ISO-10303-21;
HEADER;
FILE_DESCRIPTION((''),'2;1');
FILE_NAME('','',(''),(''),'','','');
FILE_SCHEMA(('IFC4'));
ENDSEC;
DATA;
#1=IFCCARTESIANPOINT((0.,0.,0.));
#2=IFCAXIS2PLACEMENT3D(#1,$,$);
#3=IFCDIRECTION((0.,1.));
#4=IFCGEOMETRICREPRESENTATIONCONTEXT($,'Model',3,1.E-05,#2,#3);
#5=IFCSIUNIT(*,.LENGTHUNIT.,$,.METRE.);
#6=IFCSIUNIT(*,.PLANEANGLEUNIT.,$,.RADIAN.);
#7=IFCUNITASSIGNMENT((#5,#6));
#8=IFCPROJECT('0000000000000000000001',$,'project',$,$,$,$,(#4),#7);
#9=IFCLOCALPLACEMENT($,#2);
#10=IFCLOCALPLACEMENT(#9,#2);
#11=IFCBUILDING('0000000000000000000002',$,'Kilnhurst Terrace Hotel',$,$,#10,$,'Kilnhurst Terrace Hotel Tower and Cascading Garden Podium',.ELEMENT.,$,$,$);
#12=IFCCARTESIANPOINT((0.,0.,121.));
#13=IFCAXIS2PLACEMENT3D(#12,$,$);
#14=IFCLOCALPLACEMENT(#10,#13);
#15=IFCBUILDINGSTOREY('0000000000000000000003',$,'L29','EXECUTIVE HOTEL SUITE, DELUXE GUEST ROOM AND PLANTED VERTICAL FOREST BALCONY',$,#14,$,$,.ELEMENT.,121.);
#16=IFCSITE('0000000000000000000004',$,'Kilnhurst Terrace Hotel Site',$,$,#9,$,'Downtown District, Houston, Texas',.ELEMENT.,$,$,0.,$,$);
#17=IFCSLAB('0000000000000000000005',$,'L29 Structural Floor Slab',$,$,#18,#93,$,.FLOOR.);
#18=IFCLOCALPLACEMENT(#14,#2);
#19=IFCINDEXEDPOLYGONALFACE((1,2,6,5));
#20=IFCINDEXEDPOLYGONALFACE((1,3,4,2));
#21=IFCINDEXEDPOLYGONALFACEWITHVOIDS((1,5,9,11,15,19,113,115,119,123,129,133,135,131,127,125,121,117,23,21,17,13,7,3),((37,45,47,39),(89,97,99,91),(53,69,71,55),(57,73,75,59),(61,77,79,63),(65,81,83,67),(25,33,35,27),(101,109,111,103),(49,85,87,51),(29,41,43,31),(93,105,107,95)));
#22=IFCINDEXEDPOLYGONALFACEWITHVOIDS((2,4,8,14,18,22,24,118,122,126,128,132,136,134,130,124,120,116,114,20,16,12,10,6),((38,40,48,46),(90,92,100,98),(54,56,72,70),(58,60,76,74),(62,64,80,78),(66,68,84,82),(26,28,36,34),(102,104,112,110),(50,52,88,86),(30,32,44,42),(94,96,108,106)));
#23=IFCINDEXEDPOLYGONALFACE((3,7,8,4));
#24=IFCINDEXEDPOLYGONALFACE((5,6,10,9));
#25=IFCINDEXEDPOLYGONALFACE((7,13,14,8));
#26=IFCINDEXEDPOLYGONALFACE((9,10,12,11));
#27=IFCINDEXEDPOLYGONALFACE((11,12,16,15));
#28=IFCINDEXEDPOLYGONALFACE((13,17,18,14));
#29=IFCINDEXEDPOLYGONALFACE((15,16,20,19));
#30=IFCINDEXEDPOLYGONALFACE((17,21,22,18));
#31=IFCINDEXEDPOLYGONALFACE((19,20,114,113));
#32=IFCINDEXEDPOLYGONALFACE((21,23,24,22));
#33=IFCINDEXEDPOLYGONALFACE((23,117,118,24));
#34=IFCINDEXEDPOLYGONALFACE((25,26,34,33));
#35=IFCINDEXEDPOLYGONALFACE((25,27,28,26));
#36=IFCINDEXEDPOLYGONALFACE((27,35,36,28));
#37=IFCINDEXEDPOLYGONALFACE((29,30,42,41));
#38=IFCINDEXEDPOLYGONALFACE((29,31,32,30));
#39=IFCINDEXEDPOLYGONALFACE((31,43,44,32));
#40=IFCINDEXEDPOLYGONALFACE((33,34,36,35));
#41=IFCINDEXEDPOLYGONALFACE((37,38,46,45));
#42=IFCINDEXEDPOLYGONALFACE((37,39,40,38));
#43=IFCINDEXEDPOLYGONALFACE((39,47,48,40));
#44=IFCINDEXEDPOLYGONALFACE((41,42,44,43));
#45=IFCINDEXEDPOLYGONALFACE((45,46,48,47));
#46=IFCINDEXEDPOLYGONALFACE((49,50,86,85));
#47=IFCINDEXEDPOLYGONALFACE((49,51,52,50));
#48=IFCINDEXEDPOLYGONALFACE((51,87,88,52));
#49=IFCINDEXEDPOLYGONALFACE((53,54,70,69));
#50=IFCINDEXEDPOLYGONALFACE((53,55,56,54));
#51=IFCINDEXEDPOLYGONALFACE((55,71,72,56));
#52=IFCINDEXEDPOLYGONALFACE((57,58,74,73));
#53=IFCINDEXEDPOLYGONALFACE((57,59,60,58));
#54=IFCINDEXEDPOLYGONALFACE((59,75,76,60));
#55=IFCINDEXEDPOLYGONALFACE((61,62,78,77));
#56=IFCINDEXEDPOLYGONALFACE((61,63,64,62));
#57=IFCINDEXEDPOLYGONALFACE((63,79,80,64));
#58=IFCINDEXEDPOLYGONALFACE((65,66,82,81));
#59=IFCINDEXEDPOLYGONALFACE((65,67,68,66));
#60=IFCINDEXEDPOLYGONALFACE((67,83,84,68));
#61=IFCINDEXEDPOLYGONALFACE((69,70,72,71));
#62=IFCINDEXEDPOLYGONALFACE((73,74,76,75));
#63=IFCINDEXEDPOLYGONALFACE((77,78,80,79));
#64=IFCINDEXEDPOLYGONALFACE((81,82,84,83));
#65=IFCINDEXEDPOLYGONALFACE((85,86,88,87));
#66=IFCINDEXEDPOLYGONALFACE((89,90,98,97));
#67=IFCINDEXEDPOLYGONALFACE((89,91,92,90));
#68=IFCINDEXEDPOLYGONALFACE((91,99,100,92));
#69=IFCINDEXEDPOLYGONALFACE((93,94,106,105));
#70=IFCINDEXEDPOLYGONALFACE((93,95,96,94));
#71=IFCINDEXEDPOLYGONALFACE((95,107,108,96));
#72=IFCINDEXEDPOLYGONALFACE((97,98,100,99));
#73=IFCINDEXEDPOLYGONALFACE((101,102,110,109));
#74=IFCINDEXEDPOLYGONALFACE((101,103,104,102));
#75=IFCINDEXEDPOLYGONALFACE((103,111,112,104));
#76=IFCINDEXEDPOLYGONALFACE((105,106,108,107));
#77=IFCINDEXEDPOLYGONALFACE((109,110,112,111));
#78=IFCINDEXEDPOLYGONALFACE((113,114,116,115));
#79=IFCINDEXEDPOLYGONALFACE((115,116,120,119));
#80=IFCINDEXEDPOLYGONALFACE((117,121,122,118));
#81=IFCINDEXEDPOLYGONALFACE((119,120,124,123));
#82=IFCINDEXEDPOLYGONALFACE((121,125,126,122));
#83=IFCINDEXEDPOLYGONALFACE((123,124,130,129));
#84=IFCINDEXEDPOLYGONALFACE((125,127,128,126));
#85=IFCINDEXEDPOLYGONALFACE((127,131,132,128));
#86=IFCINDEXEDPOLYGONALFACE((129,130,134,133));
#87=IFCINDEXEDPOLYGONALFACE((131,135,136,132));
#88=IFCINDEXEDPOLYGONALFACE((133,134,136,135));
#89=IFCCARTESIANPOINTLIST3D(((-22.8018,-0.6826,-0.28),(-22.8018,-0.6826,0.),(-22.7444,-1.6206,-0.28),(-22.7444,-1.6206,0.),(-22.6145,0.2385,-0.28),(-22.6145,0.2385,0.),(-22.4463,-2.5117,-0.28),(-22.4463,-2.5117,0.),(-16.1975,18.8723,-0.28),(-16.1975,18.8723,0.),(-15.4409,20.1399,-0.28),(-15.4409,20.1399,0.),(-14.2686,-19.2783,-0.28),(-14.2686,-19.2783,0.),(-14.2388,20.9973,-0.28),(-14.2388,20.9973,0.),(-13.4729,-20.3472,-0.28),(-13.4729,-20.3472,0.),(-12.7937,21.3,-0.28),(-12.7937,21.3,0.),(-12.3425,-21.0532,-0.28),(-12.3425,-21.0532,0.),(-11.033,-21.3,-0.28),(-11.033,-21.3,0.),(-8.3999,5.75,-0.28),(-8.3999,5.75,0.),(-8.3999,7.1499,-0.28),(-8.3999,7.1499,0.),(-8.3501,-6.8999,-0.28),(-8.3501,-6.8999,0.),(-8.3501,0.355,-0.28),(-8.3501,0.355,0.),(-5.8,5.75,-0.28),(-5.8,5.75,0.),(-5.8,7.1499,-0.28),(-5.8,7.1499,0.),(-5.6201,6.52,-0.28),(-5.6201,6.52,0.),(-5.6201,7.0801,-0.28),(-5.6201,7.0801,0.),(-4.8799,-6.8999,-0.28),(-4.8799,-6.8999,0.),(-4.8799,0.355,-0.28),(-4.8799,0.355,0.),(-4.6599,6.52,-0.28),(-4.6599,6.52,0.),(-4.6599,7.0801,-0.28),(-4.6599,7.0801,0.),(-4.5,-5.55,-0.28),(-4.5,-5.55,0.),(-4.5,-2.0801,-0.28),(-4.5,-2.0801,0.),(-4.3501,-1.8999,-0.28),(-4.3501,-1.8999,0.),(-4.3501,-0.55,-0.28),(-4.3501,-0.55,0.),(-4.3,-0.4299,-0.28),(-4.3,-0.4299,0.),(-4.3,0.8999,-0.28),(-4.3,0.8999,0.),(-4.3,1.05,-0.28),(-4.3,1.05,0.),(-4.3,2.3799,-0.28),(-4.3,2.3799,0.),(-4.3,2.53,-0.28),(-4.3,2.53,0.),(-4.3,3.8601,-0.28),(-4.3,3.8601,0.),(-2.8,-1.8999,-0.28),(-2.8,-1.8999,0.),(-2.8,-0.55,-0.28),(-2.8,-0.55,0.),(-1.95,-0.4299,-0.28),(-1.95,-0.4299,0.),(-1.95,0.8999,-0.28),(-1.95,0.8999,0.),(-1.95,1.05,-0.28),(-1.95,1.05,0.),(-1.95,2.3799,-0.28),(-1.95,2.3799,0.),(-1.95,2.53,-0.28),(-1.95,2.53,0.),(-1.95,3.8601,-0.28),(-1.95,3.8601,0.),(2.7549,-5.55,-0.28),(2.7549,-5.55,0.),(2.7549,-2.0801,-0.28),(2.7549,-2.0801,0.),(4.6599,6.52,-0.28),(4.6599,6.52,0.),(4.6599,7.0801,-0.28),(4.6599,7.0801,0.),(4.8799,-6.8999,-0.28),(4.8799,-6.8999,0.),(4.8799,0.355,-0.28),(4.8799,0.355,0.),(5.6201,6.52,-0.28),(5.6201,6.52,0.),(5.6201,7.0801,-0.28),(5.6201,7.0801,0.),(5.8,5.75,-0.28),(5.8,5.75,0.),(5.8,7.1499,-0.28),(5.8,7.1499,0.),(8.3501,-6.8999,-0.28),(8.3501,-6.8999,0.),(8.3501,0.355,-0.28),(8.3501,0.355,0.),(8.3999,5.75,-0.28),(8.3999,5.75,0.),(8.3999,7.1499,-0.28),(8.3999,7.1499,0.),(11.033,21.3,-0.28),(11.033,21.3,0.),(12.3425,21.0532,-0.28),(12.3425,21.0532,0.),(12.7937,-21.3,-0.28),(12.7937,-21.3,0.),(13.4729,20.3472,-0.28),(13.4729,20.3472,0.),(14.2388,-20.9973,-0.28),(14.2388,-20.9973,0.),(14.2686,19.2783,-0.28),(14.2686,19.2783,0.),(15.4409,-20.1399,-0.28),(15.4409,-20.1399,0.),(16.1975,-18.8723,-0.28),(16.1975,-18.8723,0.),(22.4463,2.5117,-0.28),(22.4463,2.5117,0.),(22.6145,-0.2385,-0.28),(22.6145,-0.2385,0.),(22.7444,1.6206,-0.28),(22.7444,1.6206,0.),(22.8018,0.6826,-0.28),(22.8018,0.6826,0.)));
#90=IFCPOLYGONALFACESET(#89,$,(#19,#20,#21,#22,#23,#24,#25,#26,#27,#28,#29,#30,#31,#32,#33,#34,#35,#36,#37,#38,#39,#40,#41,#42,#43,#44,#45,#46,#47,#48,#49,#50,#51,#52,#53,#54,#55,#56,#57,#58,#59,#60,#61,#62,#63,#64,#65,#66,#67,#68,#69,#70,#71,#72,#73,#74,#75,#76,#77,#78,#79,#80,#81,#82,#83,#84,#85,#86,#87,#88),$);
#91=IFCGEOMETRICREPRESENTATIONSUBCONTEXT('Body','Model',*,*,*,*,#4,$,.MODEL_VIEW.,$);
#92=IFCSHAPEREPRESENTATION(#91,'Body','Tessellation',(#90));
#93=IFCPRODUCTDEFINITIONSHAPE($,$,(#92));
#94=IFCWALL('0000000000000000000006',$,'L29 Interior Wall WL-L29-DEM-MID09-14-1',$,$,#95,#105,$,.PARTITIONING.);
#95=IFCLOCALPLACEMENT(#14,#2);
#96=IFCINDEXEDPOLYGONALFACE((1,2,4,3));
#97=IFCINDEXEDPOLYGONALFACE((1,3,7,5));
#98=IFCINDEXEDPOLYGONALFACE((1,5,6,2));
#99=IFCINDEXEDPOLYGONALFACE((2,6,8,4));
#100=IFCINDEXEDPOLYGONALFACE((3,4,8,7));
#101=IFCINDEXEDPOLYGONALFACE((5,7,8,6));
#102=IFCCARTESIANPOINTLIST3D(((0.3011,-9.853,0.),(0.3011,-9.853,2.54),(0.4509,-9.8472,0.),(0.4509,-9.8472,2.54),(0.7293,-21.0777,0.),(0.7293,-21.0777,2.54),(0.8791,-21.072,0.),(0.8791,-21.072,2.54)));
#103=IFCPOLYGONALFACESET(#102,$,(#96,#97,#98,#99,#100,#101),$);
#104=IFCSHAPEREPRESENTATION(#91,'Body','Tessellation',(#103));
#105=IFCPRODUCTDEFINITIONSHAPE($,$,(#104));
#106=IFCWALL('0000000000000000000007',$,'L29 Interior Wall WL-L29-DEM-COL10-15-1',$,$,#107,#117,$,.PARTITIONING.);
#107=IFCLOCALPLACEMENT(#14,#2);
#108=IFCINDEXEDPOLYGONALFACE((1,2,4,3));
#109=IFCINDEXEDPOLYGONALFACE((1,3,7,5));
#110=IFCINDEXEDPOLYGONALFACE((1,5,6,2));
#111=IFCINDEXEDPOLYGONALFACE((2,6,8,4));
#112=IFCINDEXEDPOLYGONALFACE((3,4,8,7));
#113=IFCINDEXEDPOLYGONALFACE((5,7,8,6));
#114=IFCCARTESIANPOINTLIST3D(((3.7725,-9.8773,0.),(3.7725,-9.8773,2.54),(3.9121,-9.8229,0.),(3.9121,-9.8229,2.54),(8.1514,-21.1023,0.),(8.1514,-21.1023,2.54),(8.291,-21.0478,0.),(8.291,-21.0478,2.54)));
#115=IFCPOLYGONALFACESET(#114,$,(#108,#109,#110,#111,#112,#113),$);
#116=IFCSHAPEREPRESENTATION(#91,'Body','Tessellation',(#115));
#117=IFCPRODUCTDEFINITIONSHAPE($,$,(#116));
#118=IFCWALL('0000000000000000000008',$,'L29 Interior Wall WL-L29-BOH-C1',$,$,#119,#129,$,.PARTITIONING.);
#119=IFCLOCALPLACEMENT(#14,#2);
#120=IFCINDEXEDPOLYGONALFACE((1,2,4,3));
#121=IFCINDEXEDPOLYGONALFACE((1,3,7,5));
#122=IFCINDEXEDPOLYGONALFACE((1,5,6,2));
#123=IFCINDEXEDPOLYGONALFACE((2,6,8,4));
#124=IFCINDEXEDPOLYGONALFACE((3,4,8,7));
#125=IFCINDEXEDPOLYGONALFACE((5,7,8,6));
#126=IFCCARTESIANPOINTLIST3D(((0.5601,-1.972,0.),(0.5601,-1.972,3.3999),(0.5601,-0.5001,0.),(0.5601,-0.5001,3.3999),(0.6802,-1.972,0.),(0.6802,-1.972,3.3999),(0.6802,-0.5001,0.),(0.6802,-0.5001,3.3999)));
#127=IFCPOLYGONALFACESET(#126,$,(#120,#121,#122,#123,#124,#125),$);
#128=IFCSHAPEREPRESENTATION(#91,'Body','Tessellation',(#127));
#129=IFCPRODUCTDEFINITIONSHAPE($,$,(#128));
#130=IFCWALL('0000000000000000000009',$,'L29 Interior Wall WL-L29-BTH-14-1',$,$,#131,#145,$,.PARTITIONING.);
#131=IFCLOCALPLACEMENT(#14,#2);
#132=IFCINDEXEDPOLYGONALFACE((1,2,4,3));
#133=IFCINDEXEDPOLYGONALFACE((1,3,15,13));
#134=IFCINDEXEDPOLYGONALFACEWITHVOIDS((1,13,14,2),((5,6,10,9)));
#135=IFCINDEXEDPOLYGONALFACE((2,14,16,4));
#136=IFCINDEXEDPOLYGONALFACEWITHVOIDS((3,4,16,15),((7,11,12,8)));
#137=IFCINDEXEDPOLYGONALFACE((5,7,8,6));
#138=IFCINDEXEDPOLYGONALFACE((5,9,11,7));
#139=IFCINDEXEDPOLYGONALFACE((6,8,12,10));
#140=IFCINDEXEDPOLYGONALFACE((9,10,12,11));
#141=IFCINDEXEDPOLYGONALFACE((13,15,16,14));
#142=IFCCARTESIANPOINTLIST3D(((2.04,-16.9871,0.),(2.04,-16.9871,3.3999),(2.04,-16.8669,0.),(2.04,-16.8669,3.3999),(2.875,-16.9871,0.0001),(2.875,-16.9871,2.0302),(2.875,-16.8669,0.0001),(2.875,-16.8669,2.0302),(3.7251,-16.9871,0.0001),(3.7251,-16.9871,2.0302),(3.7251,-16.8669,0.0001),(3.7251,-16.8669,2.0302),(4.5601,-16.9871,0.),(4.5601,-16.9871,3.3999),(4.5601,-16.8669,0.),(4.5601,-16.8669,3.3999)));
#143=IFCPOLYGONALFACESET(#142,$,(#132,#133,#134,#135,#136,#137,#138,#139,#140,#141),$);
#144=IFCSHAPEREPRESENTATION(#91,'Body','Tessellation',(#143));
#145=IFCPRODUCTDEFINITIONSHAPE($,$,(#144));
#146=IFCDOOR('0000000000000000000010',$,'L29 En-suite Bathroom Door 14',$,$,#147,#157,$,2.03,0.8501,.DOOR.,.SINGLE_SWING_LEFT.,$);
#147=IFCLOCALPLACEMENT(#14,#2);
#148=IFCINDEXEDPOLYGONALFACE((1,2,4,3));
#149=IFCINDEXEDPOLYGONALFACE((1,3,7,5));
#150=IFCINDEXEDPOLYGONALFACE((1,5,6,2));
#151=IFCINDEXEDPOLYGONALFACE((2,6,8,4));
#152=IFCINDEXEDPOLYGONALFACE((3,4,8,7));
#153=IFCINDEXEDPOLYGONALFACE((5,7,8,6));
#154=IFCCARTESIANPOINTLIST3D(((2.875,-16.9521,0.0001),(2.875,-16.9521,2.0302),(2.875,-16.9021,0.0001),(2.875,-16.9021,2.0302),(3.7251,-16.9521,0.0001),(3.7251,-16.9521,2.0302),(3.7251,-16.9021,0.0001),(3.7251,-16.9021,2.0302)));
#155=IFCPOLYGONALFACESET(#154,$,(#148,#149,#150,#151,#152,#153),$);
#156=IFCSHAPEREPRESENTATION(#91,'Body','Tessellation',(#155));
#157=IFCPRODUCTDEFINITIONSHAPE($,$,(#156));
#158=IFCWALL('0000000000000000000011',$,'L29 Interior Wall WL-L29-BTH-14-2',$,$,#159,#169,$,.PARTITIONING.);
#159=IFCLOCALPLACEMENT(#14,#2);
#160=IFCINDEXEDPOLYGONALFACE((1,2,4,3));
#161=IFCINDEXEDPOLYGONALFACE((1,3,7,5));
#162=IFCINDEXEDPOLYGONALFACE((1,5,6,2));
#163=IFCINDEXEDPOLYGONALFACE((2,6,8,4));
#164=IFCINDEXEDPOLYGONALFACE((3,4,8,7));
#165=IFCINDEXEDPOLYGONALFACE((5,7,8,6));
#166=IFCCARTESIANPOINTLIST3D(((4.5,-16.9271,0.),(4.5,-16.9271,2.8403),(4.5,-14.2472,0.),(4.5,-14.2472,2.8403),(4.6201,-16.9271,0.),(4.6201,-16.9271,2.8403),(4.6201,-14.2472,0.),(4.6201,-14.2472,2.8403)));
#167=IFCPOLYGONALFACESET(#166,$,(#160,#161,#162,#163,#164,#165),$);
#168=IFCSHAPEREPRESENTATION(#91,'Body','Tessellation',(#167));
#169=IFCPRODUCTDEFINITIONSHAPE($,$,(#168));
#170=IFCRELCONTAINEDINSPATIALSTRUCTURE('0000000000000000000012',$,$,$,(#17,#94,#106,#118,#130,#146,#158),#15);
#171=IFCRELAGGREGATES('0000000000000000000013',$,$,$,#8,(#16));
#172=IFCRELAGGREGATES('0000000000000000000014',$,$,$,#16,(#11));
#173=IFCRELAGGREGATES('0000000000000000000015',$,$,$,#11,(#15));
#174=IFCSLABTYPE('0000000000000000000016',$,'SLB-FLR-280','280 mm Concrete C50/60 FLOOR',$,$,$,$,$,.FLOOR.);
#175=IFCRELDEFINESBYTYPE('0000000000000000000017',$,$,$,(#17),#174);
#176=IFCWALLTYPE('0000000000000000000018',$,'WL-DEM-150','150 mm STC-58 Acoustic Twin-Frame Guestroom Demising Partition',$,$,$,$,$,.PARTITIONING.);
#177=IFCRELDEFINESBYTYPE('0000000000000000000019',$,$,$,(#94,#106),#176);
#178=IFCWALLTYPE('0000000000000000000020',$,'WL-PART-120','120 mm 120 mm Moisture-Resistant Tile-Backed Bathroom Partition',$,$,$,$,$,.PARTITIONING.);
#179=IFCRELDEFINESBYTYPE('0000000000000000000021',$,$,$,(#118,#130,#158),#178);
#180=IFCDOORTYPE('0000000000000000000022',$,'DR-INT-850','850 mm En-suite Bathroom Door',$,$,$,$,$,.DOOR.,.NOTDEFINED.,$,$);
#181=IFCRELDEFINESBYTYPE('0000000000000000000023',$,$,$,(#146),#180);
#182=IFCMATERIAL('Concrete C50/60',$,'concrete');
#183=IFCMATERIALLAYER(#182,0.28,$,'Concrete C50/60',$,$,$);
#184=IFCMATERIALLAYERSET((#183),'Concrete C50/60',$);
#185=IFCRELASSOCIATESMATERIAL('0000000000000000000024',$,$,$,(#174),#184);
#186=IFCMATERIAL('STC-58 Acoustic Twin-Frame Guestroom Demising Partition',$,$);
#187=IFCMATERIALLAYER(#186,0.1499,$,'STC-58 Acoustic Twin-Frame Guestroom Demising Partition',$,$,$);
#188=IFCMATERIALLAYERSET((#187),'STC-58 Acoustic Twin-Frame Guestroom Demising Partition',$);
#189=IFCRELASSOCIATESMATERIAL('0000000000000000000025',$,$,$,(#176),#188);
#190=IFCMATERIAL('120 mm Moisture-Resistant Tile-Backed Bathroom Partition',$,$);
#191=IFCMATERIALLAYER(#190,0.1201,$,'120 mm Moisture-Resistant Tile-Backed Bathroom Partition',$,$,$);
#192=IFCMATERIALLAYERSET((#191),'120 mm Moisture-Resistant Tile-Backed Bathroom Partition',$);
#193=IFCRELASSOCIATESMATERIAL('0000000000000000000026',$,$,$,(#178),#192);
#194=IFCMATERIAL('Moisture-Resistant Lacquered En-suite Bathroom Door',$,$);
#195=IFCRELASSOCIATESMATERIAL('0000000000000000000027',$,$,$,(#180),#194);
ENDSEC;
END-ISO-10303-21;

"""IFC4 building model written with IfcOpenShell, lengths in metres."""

from ifc_helpers import new_model, si_unit, direction, frame, frame_2d, origin, place, context, subcontext, project, spatial, polyline, rectangle, outline, extrude, material, layer, layer_set, type_object, element, fill, save


model = new_model("IFC4")

# Units and contexts
model_context = context("Model", 3, precision=1e-05, world=origin(), true_north=direction((0.0, 1.0)))
body_context = subcontext(model_context, "Body", "Model", "MODEL_VIEW")
ifc_project = project(units=[si_unit("LENGTHUNIT", "METRE"), si_unit("PLANEANGLEUNIT", "RADIAN")], contexts=[model_context])

# Site, building, storey
site_placement = place(None, origin())
site = spatial("IfcSite", under=ifc_project, at=site_placement, Name="Kilnhurst Terrace Hotel Site", LongName="Downtown District, Houston, Texas", CompositionType="ELEMENT", RefElevation=0.0)
building_placement = place(site_placement, origin())
building = spatial("IfcBuilding", under=site, at=building_placement, Name="Kilnhurst Terrace Hotel", LongName="Kilnhurst Terrace Hotel Tower and Cascading Garden Podium", CompositionType="ELEMENT")
storey_placement = place(building_placement, frame((0.0, 0.0, 121.0)))
storey = spatial("IfcBuildingStorey", under=building, at=storey_placement, Name="L29", Description="EXECUTIVE HOTEL SUITE, DELUXE GUEST ROOM AND PLANTED VERTICAL FOREST BALCONY", CompositionType="ELEMENT", Elevation=121.0)

# Shared definitions
ifc_material_1 = material(Name="Concrete C50/60", Category="concrete")

# Slab
ifc_layer_1 = layer(ifc_material_1, 0.28, Name="Concrete C50/60")
ifc_layer_set_1 = layer_set([ifc_layer_1], Name="Concrete C50/60")
slab_type_1 = type_object("IfcSlabType", Name="SLB-FLR-280", Description="280 mm Concrete C50/60 FLOOR", PredefinedType="FLOOR", material=ifc_layer_set_1)
slab_1_placement = place(storey_placement, frame((0.0, 0.0, -0.28)))
element("IfcSlab", 1, at=slab_1_placement, inside=storey, type_object=slab_type_1, Name="L29 Structural Floor Slab", PredefinedType="FLOOR", context=body_context, shape_type="SweptSolid", body=[
    extrude(outline(polyline([(-14.2686, -19.2783), (-13.4729, -20.3472), (-12.3425, -21.0532), (-11.033, -21.3), (12.7937, -21.3), (14.2388, -20.9973), (15.4409, -20.1399), (16.1975, -18.8723), (22.6145, -0.2385), (22.8018, 0.6826), (22.7444, 1.6206), (22.4463, 2.5117), (14.2686, 19.2783), (13.4729, 20.3472), (12.3425, 21.0532), (11.033, 21.3), (-12.7937, 21.3), (-14.2388, 20.9973), (-15.4409, 20.1399), (-16.1975, 18.8723), (-22.6145, 0.2385), (-22.8018, -0.6826), (-22.7444, -1.6206), (-22.4463, -2.5117), (-14.2686, -19.2783)]), holes=[polyline([(-8.3501, 0.355), (-4.8799, 0.355), (-4.8799, -6.8999), (-8.3501, -6.8999), (-8.3501, 0.355)]), polyline([(-2.8, -1.8999), (-4.3501, -1.8999), (-4.3501, -0.55), (-2.8, -0.55), (-2.8, -1.8999)]), polyline([(-1.95, -0.4299), (-4.3, -0.4299), (-4.3, 0.8999), (-1.95, 0.8999), (-1.95, -0.4299)]), polyline([(-4.3, 1.05), (-4.3, 2.3799), (-1.95, 2.3799), (-1.95, 1.05), (-4.3, 1.05)]), polyline([(-8.3999, 5.75), (-8.3999, 7.1499), (-5.8, 7.1499), (-5.8, 5.75), (-8.3999, 5.75)]), polyline([(-4.6599, 6.52), (-5.6201, 6.52), (-5.6201, 7.0801), (-4.6599, 7.0801), (-4.6599, 6.52)]), polyline([(2.7549, -5.55), (-4.5, -5.55), (-4.5, -2.0801), (2.7549, -2.0801), (2.7549, -5.55)]), polyline([(8.3501, 0.355), (8.3501, -6.8999), (4.8799, -6.8999), (4.8799, 0.355), (8.3501, 0.355)]), polyline([(-1.95, 2.53), (-4.3, 2.53), (-4.3, 3.8601), (-1.95, 3.8601), (-1.95, 2.53)]), polyline([(5.8, 5.75), (5.8, 7.1499), (8.3999, 7.1499), (8.3999, 5.75), (5.8, 5.75)]), polyline([(4.6599, 6.52), (4.6599, 7.0801), (5.6201, 7.0801), (5.6201, 6.52), (4.6599, 6.52)])]), origin(), (0.0, 0.0, 1.0), 0.28),
])

# Walls
ifc_material_2 = material(Name="STC-58 Acoustic Twin-Frame Guestroom Demising Partition")
ifc_layer_2 = layer(ifc_material_2, 0.1499, Name="STC-58 Acoustic Twin-Frame Guestroom Demising Partition")
ifc_layer_set_2 = layer_set([ifc_layer_2], Name="STC-58 Acoustic Twin-Frame Guestroom Demising Partition")
wall_type_1 = type_object("IfcWallType", Name="WL-DEM-150", Description="150 mm STC-58 Acoustic Twin-Frame Guestroom Demising Partition", PredefinedType="PARTITIONING", material=ifc_layer_set_2)
wall_1_placement = place(storey_placement, frame((0.376, -9.8501, 0.0), z_axis=(0.0, 0.0, 1.0), x_axis=(0.038122, -0.999273, 0.0)))
element("IfcWall", 2, at=wall_1_placement, inside=storey, type_object=wall_type_1, Name="L29 Interior Wall WL-L29-DEM-MID09-14-1", PredefinedType="PARTITIONING", context=body_context, shape_type="SweptSolid", body=[
    extrude(rectangle(XDim=11.2329, YDim=0.1499, at=frame_2d((5.6165, 0.0))), origin(), (0.0, 0.0, 1.0), 2.54),
])
wall_2_placement = place(storey_placement, frame((3.8423, -9.8501, 0.0), z_axis=(0.0, 0.0, 1.0), x_axis=(0.363433, -0.93162, 0.0)))
element("IfcWall", 3, at=wall_2_placement, inside=storey, type_object=wall_type_1, Name="L29 Interior Wall WL-L29-DEM-COL10-15-1", PredefinedType="PARTITIONING", context=body_context, shape_type="SweptSolid", body=[
    extrude(rectangle(XDim=12.0488, YDim=0.1499, at=frame_2d((6.0244, 0.0))), origin(), (0.0, 0.0, 1.0), 2.54),
])
ifc_material_3 = material(Name="120 mm Moisture-Resistant Tile-Backed Bathroom Partition")
ifc_layer_3 = layer(ifc_material_3, 0.1201, Name="120 mm Moisture-Resistant Tile-Backed Bathroom Partition")
ifc_layer_set_3 = layer_set([ifc_layer_3], Name="120 mm Moisture-Resistant Tile-Backed Bathroom Partition")
wall_type_2 = type_object("IfcWallType", Name="WL-PART-120", Description="120 mm 120 mm Moisture-Resistant Tile-Backed Bathroom Partition", PredefinedType="PARTITIONING", material=ifc_layer_set_3)
wall_3_placement = place(storey_placement, frame((0.6201, -1.9719, 0.0), z_axis=(0.0, 0.0, 1.0), x_axis=(0.0, 1.0, 0.0)))
element("IfcWall", 4, at=wall_3_placement, inside=storey, type_object=wall_type_2, Name="L29 Interior Wall WL-L29-BOH-C1", PredefinedType="PARTITIONING", context=body_context, shape_type="SweptSolid", body=[
    extrude(rectangle(XDim=1.4719, YDim=0.1201, at=frame_2d((0.7358, 0.0))), origin(), (0.0, 0.0, 1.0), 3.3999),
])

# Wall, opening, door
wall_4_placement = place(storey_placement, frame((2.04, -16.927, 0.0), z_axis=(0.0, 0.0, 1.0), x_axis=(1.0, 0.0, 0.0)))
wall_4 = element("IfcWall", 5, at=wall_4_placement, inside=storey, type_object=wall_type_2, Name="L29 Interior Wall WL-L29-BTH-14-1", PredefinedType="PARTITIONING", context=body_context, shape_type="SweptSolid", body=[
    extrude(rectangle(XDim=2.52, YDim=0.1201, at=frame_2d((1.26, 0.0))), origin(), (0.0, 0.0, 1.0), 3.3999),
])
opening_placement = place(wall_4_placement, frame((0.835, 0.0, 0.0)))
opening = element("IfcOpeningElement", 6, at=opening_placement, cuts=wall_4, PredefinedType="OPENING", context=body_context, shape_type="SweptSolid", body=[
    extrude(rectangle(XDim=0.8501, YDim=2.03, at=frame_2d((0.425, 1.0151))), frame((0.0, 0.0701, 0.0), z_axis=(0.0, -1.0, 0.0), x_axis=(1.0, 0.0, 0.0)), (0.0, 0.0, 1.0), 0.1401),
])
ifc_material_4 = material(Name="Moisture-Resistant Lacquered En-suite Bathroom Door")
door_type = type_object("IfcDoorType", Name="DR-INT-850", Description="850 mm En-suite Bathroom Door", OperationType="NOTDEFINED", PredefinedType="DOOR", material=ifc_material_4)
door_placement = place(opening_placement, origin())
door = element("IfcDoor", 7, at=door_placement, inside=storey, type_object=door_type, Name="L29 En-suite Bathroom Door 14", OperationType="SINGLE_SWING_LEFT", OverallHeight=2.03, OverallWidth=0.8501, PredefinedType="DOOR", context=body_context, shape_type="SweptSolid", body=[
    extrude(rectangle(XDim=0.8501, YDim=2.03, at=frame_2d((0.425, 1.0151))), frame((0.0, 0.0249, 0.0), z_axis=(0.0, -1.0, 0.0), x_axis=(1.0, 0.0, 0.0)), (0.0, 0.0, 1.0), 0.05),
])
fill(opening, door)

# Wall
wall_5_placement = place(storey_placement, frame((4.5601, -16.927, 0.0), z_axis=(0.0, 0.0, 1.0), x_axis=(0.0, 1.0, 0.0)))
element("IfcWall", 8, at=wall_5_placement, inside=storey, type_object=wall_type_2, Name="L29 Interior Wall WL-L29-BTH-14-2", PredefinedType="PARTITIONING", context=body_context, shape_type="SweptSolid", body=[
    extrude(rectangle(XDim=2.6799, YDim=0.1201, at=frame_2d((1.3398, 0.0))), origin(), (0.0, 0.0, 1.0), 2.8403),
])

save(model, "model.ifc")
